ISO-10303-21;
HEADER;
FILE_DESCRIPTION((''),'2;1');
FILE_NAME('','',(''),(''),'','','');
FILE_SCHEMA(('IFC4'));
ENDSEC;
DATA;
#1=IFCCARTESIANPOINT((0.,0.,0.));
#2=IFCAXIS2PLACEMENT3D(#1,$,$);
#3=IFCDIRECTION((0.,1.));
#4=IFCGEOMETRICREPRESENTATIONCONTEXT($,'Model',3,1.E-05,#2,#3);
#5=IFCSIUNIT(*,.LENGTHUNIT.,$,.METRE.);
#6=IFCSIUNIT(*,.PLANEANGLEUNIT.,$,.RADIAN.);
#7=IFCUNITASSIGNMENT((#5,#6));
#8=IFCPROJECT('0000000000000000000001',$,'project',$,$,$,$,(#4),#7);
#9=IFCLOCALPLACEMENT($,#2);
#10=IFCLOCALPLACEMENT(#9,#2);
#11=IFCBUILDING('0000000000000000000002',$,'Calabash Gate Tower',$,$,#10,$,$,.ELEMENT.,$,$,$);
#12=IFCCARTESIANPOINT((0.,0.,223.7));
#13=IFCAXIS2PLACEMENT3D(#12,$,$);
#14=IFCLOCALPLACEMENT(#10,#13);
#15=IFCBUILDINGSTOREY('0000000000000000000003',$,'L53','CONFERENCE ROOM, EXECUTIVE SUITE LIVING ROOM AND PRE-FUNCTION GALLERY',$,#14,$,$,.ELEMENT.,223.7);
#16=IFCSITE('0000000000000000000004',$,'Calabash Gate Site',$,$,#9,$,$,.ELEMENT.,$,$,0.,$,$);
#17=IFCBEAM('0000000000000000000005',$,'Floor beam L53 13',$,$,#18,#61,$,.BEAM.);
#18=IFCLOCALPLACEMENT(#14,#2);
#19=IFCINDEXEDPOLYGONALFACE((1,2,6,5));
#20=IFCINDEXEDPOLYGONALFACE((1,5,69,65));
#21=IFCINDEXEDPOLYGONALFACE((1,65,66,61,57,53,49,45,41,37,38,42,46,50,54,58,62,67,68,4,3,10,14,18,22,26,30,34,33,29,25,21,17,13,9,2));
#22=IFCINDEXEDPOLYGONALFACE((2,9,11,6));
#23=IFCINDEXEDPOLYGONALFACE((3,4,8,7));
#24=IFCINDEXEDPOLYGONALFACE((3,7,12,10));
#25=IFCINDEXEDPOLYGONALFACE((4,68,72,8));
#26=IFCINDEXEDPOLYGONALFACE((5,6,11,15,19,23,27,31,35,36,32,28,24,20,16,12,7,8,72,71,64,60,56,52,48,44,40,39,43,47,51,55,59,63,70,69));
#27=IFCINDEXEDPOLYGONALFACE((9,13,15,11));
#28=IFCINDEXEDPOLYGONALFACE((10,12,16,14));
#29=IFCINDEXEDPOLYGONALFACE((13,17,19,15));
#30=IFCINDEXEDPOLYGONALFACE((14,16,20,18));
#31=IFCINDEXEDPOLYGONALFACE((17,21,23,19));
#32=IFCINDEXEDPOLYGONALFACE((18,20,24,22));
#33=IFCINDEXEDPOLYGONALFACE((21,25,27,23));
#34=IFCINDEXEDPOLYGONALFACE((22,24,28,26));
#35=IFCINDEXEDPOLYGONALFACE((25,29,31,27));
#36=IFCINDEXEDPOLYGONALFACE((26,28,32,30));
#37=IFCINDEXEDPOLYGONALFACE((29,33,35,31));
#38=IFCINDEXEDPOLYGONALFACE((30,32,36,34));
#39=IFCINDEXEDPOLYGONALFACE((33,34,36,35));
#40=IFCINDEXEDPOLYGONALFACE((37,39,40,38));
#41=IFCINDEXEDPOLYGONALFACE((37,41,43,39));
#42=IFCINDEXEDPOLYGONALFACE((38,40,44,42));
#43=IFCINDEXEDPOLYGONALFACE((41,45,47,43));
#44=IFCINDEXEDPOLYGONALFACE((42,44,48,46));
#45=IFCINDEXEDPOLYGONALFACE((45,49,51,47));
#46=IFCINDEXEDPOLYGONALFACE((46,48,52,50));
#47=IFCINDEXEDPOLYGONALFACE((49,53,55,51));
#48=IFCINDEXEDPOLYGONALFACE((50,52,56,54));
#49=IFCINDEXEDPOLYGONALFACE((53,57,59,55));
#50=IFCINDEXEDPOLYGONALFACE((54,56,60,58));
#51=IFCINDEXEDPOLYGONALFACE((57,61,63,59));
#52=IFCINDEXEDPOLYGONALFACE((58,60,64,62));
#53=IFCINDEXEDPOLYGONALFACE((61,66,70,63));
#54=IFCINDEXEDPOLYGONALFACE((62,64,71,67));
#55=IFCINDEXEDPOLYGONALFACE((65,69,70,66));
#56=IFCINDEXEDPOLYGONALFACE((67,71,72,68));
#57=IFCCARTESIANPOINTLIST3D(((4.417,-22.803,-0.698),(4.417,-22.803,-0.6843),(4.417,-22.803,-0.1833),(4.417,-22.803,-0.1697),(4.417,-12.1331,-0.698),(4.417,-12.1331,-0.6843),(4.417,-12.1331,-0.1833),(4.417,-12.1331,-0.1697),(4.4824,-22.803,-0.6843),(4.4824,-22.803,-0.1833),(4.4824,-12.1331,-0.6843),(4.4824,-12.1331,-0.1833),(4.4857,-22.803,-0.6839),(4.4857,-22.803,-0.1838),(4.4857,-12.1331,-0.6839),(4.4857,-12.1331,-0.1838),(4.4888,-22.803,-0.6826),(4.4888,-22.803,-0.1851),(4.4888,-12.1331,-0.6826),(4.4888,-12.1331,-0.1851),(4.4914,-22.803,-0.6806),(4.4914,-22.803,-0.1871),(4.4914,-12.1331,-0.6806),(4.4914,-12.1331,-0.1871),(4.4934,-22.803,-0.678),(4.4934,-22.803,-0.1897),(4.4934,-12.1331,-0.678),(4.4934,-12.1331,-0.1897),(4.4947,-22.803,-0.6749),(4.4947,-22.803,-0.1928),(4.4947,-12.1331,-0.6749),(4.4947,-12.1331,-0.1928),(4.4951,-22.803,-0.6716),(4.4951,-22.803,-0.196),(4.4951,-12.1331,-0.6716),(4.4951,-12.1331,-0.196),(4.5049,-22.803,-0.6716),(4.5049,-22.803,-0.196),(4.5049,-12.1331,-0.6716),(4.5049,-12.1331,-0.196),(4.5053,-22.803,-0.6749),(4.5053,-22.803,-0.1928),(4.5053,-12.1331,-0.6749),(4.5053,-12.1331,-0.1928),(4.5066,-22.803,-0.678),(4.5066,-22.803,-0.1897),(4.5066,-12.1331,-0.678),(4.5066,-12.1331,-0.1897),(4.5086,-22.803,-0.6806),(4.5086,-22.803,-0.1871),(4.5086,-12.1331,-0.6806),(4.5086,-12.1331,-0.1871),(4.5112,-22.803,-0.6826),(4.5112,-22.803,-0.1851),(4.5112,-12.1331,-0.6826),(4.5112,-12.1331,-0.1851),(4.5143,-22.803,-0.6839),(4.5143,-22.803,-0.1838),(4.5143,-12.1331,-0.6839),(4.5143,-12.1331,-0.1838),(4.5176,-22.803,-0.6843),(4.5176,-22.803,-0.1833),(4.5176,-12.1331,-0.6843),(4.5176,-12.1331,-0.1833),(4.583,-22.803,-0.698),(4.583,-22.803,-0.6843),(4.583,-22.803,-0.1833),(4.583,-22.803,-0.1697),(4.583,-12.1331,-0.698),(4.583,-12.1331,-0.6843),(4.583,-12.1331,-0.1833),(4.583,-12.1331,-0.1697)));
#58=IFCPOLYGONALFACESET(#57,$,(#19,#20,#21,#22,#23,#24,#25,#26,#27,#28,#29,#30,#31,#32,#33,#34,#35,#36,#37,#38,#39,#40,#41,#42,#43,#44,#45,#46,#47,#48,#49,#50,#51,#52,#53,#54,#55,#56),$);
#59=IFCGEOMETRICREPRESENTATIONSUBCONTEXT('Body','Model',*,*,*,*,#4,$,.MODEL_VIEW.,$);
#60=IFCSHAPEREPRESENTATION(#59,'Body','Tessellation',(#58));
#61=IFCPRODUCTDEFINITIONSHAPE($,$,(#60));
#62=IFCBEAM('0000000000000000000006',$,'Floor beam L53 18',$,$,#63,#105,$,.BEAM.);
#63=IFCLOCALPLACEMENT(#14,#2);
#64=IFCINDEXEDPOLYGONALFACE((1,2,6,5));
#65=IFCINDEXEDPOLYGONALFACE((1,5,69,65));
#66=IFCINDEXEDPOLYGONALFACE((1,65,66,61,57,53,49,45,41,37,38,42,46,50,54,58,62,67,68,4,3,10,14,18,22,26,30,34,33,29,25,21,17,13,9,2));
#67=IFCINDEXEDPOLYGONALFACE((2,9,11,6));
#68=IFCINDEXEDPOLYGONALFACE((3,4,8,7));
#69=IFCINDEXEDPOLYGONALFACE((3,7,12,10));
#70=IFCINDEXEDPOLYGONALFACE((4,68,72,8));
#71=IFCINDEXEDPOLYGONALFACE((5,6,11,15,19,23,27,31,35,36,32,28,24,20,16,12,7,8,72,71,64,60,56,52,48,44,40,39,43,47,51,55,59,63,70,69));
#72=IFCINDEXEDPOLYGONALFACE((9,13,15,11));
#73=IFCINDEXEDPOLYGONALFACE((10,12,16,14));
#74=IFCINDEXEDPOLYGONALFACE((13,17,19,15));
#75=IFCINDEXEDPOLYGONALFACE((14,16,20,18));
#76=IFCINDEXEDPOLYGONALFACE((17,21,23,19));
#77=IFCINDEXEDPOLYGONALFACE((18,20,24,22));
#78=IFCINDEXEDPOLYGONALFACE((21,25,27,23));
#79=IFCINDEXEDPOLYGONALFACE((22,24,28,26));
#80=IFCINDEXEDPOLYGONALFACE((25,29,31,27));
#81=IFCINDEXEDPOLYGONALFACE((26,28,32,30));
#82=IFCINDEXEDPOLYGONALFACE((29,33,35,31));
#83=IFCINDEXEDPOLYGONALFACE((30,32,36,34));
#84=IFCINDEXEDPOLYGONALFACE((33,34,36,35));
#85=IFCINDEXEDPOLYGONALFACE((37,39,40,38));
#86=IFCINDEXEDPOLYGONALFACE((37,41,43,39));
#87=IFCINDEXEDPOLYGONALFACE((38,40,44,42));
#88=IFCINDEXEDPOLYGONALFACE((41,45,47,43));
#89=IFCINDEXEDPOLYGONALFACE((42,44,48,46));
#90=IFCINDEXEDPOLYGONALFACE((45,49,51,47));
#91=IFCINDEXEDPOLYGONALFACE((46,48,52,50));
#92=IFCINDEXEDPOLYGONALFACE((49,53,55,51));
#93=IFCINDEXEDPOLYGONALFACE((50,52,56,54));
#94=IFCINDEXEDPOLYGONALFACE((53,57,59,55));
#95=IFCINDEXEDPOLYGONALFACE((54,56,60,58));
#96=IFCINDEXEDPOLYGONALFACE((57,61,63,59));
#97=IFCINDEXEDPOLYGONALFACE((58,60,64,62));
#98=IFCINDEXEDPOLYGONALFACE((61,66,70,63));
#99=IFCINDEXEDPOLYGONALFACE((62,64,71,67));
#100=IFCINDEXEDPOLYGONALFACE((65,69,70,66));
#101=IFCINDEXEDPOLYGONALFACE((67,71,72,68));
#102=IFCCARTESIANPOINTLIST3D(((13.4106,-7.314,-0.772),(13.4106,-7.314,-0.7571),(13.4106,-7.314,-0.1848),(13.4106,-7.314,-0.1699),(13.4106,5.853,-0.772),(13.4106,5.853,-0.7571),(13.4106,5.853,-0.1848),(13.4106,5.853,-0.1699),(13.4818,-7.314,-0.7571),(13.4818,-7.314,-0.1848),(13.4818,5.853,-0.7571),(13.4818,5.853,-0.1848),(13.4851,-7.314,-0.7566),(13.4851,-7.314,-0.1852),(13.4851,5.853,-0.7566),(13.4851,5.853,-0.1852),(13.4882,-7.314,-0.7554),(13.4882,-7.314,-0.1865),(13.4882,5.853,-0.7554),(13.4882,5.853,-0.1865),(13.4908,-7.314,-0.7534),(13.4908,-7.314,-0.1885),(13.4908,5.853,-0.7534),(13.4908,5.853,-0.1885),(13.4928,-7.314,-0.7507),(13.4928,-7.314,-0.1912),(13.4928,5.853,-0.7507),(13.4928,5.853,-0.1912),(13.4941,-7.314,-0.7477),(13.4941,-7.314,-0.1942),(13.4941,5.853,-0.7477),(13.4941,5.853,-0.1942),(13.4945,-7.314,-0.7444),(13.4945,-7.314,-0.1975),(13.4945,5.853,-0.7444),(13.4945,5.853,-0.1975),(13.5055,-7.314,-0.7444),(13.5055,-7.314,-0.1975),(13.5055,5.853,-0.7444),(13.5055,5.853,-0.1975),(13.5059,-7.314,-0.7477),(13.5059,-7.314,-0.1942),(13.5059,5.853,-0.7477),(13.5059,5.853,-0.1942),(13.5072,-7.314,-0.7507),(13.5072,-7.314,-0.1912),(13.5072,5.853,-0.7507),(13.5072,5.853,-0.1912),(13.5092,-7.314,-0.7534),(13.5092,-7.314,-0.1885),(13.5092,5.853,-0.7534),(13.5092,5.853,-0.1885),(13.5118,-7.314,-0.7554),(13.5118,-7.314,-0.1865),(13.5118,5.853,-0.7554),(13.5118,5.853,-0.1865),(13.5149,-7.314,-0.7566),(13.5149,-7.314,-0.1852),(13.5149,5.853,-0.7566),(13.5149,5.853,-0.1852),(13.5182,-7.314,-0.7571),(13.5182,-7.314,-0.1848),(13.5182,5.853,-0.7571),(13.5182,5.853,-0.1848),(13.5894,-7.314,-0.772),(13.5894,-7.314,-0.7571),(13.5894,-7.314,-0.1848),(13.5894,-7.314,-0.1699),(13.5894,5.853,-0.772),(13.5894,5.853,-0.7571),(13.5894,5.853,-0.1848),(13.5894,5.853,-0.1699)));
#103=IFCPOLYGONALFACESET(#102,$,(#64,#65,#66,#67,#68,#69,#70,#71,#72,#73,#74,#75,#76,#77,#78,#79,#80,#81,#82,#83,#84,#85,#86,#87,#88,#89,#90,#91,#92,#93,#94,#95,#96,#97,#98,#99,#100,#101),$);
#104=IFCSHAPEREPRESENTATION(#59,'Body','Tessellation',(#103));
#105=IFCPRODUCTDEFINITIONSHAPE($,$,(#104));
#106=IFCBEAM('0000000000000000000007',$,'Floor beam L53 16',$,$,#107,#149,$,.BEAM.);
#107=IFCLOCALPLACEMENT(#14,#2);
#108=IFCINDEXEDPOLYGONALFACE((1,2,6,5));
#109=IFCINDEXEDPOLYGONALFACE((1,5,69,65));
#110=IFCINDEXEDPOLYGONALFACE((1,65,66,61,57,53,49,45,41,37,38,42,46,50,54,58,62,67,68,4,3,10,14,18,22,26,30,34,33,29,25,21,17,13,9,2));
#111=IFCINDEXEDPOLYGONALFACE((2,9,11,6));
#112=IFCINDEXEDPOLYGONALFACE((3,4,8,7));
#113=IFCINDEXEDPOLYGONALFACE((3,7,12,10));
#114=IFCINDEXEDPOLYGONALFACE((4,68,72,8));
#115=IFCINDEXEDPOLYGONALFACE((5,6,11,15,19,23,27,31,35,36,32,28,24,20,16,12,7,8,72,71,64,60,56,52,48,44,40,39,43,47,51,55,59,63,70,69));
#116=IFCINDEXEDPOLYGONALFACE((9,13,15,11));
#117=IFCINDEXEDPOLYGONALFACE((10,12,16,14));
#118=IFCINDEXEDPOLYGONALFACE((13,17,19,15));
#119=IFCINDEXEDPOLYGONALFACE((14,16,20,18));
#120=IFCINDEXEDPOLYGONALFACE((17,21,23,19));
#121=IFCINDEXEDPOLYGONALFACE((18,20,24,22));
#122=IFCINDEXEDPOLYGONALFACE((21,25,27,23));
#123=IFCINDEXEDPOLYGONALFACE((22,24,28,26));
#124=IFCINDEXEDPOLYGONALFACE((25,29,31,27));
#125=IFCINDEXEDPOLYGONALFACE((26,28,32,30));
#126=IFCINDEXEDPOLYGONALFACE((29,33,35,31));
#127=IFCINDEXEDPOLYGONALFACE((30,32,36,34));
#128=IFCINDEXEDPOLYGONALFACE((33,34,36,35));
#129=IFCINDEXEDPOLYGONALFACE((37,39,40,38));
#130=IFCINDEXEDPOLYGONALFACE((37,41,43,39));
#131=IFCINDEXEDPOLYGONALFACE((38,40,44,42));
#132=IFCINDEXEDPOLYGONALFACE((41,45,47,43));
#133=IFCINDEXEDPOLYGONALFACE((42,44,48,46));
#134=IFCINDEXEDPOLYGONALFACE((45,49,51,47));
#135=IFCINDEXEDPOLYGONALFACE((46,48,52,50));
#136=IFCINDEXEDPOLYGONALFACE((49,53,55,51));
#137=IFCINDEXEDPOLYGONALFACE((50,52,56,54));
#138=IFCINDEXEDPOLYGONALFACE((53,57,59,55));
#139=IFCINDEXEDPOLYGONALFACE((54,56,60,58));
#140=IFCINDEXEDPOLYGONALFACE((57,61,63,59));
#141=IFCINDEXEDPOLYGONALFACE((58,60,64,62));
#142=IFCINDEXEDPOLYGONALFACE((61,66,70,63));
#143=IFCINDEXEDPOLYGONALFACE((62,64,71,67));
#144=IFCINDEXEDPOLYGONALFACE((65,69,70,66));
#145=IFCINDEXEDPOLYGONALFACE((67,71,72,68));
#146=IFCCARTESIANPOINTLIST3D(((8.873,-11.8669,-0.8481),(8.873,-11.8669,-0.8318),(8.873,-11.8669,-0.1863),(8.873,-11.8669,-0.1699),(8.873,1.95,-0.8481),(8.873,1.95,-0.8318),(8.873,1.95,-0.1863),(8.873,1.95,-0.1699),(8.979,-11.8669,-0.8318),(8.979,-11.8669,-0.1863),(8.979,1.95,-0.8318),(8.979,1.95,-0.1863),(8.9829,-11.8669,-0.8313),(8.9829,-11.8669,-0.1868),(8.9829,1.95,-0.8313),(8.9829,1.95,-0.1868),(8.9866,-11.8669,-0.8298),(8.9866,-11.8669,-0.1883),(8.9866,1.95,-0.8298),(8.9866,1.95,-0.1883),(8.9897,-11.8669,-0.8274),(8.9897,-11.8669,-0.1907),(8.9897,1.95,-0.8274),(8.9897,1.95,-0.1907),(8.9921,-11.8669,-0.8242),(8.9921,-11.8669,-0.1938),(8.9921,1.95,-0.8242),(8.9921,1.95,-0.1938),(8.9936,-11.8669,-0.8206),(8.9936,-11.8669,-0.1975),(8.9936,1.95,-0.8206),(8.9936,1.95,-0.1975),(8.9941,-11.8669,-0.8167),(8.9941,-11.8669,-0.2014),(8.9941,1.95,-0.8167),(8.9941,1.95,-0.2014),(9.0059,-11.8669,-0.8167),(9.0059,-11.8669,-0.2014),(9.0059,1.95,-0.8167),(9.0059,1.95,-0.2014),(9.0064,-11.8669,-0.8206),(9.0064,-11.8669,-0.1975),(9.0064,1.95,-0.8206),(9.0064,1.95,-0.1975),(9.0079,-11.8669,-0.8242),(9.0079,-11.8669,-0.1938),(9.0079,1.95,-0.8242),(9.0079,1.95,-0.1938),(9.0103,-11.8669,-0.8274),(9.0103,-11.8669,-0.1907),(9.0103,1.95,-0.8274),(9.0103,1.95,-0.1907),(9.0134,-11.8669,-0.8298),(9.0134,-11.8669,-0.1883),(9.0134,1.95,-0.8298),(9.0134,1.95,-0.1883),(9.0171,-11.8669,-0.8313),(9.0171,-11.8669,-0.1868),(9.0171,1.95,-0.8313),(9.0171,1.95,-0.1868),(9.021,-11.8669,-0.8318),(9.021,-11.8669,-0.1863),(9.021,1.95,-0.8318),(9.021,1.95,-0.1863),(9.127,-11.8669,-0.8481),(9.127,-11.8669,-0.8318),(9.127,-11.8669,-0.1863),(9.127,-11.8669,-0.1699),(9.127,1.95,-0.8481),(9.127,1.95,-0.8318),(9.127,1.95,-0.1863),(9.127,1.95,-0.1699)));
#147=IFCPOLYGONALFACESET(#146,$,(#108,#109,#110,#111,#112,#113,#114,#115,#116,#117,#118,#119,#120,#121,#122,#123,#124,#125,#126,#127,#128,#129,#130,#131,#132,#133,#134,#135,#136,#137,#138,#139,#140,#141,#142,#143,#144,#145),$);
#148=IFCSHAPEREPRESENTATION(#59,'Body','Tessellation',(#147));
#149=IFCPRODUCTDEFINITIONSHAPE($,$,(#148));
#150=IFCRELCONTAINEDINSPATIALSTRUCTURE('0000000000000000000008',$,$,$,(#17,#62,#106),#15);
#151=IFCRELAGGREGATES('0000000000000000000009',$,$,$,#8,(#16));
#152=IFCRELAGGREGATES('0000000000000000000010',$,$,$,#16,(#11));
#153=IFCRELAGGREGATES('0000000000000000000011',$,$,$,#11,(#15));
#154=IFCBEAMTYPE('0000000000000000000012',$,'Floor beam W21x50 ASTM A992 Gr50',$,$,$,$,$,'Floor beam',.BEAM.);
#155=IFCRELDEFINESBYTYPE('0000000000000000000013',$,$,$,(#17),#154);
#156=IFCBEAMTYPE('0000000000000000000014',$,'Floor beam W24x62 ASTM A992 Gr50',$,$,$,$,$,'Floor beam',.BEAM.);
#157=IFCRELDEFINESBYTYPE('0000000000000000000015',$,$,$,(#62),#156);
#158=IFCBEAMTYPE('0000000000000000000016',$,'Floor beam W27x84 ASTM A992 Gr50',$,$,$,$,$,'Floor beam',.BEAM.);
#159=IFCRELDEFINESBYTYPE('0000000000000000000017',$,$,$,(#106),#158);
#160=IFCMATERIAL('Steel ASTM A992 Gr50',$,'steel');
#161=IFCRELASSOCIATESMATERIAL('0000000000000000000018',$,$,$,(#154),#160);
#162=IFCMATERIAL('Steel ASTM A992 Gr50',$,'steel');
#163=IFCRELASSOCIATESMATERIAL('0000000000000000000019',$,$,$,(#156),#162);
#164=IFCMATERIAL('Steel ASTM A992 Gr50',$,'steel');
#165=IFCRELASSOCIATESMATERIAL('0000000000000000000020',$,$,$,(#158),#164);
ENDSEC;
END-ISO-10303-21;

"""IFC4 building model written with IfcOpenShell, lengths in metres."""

from ifc_helpers import new_model, si_unit, direction, frame, origin, origin_2d, place, context, subcontext, project, spatial, i_section, extrude, material, material_profile, profile_set, type_object, element, save


model = new_model("IFC4")

# Units and contexts
model_context = context("Model", 3, precision=1e-05, world=origin(), true_north=direction((0.0, 1.0)))
body_context = subcontext(model_context, "Body", "Model", "MODEL_VIEW")
ifc_project = project(units=[si_unit("LENGTHUNIT", "METRE"), si_unit("PLANEANGLEUNIT", "RADIAN")], contexts=[model_context])

# Site, building, storey
site_placement = place(None, origin())
site = spatial("IfcSite", under=ifc_project, at=site_placement, Name="Calabash Gate Site", CompositionType="ELEMENT", RefElevation=0.0)
building_placement = place(site_placement, origin())
building = spatial("IfcBuilding", under=site, at=building_placement, Name="Calabash Gate Tower", CompositionType="ELEMENT")
storey_placement = place(building_placement, frame((0.0, 0.0, 223.7)))
storey = spatial("IfcBuildingStorey", under=building, at=storey_placement, Name="L53", Description="CONFERENCE ROOM, EXECUTIVE SUITE LIVING ROOM AND PRE-FUNCTION GALLERY", CompositionType="ELEMENT", Elevation=223.7)

# Beams
ifc_material_1 = material(Name="Steel ASTM A992 Gr50", Category="steel")
ifc_material_profile_1 = material_profile(ifc_material_1, i_section(OverallWidth=0.166, OverallDepth=0.5283, WebThickness=0.0098, FlangeThickness=0.0137, FilletRadius=0.0127, at=origin_2d()))
ifc_profile_set_1 = profile_set([ifc_material_profile_1], Name="Steel ASTM A992 Gr50")
beam_type_1 = type_object("IfcBeamType", Name="Floor beam W21x50 ASTM A992 Gr50", ElementType="Floor beam", PredefinedType="BEAM", material=ifc_profile_set_1)
beam_1_placement = place(storey_placement, frame((4.5, -22.803, -0.4338), z_axis=(0.0, 1.0, 0.0), x_axis=(-1.0, 0.0, 0.0)))
element("IfcBeam", 1, at=beam_1_placement, inside=storey, type_object=beam_type_1, Name="Floor beam L53 13", PredefinedType="BEAM", context=body_context, shape_type="SweptSolid", body=[
    extrude(i_section(OverallWidth=0.166, OverallDepth=0.5283, WebThickness=0.0098, FlangeThickness=0.0137, FilletRadius=0.0127, at=origin_2d()), origin(), (0.0, 0.0, 1.0), 10.6699),
])
ifc_material_2 = material(Name="Steel ASTM A992 Gr50", Category="steel")
ifc_material_profile_2 = material_profile(ifc_material_2, i_section(OverallWidth=0.1787, OverallDepth=0.6021, WebThickness=0.011, FlangeThickness=0.0149, FilletRadius=0.0127, at=origin_2d()))
ifc_profile_set_2 = profile_set([ifc_material_profile_2], Name="Steel ASTM A992 Gr50")
beam_type_2 = type_object("IfcBeamType", Name="Floor beam W24x62 ASTM A992 Gr50", ElementType="Floor beam", PredefinedType="BEAM", material=ifc_profile_set_2)
beam_2_placement = place(storey_placement, frame((13.5, -7.314, -0.4709), z_axis=(0.0, 1.0, 0.0), x_axis=(-1.0, 0.0, 0.0)))
element("IfcBeam", 2, at=beam_2_placement, inside=storey, type_object=beam_type_2, Name="Floor beam L53 18", PredefinedType="BEAM", context=body_context, shape_type="SweptSolid", body=[
    extrude(i_section(OverallWidth=0.1787, OverallDepth=0.6021, WebThickness=0.011, FlangeThickness=0.0149, FilletRadius=0.0127, at=origin_2d()), origin(), (0.0, 0.0, 1.0), 13.167),
])
ifc_material_3 = material(Name="Steel ASTM A992 Gr50", Category="steel")
ifc_material_profile_3 = material_profile(ifc_material_3, i_section(OverallWidth=0.2539, OverallDepth=0.6782, WebThickness=0.0117, FlangeThickness=0.0164, FilletRadius=0.0151, at=origin_2d()))
ifc_profile_set_3 = profile_set([ifc_material_profile_3], Name="Steel ASTM A992 Gr50")
beam_type_3 = type_object("IfcBeamType", Name="Floor beam W27x84 ASTM A992 Gr50", ElementType="Floor beam", PredefinedType="BEAM", material=ifc_profile_set_3)
beam_3_placement = place(storey_placement, frame((9.0, -11.8669, -0.509), z_axis=(0.0, 1.0, 0.0), x_axis=(-1.0, 0.0, 0.0)))
element("IfcBeam", 3, at=beam_3_placement, inside=storey, type_object=beam_type_3, Name="Floor beam L53 16", PredefinedType="BEAM", context=body_context, shape_type="SweptSolid", body=[
    extrude(i_section(OverallWidth=0.2539, OverallDepth=0.6782, WebThickness=0.0117, FlangeThickness=0.0164, FilletRadius=0.0151, at=origin_2d()), origin(), (0.0, 0.0, 1.0), 13.8169),
])

save(model, "model.ifc")
